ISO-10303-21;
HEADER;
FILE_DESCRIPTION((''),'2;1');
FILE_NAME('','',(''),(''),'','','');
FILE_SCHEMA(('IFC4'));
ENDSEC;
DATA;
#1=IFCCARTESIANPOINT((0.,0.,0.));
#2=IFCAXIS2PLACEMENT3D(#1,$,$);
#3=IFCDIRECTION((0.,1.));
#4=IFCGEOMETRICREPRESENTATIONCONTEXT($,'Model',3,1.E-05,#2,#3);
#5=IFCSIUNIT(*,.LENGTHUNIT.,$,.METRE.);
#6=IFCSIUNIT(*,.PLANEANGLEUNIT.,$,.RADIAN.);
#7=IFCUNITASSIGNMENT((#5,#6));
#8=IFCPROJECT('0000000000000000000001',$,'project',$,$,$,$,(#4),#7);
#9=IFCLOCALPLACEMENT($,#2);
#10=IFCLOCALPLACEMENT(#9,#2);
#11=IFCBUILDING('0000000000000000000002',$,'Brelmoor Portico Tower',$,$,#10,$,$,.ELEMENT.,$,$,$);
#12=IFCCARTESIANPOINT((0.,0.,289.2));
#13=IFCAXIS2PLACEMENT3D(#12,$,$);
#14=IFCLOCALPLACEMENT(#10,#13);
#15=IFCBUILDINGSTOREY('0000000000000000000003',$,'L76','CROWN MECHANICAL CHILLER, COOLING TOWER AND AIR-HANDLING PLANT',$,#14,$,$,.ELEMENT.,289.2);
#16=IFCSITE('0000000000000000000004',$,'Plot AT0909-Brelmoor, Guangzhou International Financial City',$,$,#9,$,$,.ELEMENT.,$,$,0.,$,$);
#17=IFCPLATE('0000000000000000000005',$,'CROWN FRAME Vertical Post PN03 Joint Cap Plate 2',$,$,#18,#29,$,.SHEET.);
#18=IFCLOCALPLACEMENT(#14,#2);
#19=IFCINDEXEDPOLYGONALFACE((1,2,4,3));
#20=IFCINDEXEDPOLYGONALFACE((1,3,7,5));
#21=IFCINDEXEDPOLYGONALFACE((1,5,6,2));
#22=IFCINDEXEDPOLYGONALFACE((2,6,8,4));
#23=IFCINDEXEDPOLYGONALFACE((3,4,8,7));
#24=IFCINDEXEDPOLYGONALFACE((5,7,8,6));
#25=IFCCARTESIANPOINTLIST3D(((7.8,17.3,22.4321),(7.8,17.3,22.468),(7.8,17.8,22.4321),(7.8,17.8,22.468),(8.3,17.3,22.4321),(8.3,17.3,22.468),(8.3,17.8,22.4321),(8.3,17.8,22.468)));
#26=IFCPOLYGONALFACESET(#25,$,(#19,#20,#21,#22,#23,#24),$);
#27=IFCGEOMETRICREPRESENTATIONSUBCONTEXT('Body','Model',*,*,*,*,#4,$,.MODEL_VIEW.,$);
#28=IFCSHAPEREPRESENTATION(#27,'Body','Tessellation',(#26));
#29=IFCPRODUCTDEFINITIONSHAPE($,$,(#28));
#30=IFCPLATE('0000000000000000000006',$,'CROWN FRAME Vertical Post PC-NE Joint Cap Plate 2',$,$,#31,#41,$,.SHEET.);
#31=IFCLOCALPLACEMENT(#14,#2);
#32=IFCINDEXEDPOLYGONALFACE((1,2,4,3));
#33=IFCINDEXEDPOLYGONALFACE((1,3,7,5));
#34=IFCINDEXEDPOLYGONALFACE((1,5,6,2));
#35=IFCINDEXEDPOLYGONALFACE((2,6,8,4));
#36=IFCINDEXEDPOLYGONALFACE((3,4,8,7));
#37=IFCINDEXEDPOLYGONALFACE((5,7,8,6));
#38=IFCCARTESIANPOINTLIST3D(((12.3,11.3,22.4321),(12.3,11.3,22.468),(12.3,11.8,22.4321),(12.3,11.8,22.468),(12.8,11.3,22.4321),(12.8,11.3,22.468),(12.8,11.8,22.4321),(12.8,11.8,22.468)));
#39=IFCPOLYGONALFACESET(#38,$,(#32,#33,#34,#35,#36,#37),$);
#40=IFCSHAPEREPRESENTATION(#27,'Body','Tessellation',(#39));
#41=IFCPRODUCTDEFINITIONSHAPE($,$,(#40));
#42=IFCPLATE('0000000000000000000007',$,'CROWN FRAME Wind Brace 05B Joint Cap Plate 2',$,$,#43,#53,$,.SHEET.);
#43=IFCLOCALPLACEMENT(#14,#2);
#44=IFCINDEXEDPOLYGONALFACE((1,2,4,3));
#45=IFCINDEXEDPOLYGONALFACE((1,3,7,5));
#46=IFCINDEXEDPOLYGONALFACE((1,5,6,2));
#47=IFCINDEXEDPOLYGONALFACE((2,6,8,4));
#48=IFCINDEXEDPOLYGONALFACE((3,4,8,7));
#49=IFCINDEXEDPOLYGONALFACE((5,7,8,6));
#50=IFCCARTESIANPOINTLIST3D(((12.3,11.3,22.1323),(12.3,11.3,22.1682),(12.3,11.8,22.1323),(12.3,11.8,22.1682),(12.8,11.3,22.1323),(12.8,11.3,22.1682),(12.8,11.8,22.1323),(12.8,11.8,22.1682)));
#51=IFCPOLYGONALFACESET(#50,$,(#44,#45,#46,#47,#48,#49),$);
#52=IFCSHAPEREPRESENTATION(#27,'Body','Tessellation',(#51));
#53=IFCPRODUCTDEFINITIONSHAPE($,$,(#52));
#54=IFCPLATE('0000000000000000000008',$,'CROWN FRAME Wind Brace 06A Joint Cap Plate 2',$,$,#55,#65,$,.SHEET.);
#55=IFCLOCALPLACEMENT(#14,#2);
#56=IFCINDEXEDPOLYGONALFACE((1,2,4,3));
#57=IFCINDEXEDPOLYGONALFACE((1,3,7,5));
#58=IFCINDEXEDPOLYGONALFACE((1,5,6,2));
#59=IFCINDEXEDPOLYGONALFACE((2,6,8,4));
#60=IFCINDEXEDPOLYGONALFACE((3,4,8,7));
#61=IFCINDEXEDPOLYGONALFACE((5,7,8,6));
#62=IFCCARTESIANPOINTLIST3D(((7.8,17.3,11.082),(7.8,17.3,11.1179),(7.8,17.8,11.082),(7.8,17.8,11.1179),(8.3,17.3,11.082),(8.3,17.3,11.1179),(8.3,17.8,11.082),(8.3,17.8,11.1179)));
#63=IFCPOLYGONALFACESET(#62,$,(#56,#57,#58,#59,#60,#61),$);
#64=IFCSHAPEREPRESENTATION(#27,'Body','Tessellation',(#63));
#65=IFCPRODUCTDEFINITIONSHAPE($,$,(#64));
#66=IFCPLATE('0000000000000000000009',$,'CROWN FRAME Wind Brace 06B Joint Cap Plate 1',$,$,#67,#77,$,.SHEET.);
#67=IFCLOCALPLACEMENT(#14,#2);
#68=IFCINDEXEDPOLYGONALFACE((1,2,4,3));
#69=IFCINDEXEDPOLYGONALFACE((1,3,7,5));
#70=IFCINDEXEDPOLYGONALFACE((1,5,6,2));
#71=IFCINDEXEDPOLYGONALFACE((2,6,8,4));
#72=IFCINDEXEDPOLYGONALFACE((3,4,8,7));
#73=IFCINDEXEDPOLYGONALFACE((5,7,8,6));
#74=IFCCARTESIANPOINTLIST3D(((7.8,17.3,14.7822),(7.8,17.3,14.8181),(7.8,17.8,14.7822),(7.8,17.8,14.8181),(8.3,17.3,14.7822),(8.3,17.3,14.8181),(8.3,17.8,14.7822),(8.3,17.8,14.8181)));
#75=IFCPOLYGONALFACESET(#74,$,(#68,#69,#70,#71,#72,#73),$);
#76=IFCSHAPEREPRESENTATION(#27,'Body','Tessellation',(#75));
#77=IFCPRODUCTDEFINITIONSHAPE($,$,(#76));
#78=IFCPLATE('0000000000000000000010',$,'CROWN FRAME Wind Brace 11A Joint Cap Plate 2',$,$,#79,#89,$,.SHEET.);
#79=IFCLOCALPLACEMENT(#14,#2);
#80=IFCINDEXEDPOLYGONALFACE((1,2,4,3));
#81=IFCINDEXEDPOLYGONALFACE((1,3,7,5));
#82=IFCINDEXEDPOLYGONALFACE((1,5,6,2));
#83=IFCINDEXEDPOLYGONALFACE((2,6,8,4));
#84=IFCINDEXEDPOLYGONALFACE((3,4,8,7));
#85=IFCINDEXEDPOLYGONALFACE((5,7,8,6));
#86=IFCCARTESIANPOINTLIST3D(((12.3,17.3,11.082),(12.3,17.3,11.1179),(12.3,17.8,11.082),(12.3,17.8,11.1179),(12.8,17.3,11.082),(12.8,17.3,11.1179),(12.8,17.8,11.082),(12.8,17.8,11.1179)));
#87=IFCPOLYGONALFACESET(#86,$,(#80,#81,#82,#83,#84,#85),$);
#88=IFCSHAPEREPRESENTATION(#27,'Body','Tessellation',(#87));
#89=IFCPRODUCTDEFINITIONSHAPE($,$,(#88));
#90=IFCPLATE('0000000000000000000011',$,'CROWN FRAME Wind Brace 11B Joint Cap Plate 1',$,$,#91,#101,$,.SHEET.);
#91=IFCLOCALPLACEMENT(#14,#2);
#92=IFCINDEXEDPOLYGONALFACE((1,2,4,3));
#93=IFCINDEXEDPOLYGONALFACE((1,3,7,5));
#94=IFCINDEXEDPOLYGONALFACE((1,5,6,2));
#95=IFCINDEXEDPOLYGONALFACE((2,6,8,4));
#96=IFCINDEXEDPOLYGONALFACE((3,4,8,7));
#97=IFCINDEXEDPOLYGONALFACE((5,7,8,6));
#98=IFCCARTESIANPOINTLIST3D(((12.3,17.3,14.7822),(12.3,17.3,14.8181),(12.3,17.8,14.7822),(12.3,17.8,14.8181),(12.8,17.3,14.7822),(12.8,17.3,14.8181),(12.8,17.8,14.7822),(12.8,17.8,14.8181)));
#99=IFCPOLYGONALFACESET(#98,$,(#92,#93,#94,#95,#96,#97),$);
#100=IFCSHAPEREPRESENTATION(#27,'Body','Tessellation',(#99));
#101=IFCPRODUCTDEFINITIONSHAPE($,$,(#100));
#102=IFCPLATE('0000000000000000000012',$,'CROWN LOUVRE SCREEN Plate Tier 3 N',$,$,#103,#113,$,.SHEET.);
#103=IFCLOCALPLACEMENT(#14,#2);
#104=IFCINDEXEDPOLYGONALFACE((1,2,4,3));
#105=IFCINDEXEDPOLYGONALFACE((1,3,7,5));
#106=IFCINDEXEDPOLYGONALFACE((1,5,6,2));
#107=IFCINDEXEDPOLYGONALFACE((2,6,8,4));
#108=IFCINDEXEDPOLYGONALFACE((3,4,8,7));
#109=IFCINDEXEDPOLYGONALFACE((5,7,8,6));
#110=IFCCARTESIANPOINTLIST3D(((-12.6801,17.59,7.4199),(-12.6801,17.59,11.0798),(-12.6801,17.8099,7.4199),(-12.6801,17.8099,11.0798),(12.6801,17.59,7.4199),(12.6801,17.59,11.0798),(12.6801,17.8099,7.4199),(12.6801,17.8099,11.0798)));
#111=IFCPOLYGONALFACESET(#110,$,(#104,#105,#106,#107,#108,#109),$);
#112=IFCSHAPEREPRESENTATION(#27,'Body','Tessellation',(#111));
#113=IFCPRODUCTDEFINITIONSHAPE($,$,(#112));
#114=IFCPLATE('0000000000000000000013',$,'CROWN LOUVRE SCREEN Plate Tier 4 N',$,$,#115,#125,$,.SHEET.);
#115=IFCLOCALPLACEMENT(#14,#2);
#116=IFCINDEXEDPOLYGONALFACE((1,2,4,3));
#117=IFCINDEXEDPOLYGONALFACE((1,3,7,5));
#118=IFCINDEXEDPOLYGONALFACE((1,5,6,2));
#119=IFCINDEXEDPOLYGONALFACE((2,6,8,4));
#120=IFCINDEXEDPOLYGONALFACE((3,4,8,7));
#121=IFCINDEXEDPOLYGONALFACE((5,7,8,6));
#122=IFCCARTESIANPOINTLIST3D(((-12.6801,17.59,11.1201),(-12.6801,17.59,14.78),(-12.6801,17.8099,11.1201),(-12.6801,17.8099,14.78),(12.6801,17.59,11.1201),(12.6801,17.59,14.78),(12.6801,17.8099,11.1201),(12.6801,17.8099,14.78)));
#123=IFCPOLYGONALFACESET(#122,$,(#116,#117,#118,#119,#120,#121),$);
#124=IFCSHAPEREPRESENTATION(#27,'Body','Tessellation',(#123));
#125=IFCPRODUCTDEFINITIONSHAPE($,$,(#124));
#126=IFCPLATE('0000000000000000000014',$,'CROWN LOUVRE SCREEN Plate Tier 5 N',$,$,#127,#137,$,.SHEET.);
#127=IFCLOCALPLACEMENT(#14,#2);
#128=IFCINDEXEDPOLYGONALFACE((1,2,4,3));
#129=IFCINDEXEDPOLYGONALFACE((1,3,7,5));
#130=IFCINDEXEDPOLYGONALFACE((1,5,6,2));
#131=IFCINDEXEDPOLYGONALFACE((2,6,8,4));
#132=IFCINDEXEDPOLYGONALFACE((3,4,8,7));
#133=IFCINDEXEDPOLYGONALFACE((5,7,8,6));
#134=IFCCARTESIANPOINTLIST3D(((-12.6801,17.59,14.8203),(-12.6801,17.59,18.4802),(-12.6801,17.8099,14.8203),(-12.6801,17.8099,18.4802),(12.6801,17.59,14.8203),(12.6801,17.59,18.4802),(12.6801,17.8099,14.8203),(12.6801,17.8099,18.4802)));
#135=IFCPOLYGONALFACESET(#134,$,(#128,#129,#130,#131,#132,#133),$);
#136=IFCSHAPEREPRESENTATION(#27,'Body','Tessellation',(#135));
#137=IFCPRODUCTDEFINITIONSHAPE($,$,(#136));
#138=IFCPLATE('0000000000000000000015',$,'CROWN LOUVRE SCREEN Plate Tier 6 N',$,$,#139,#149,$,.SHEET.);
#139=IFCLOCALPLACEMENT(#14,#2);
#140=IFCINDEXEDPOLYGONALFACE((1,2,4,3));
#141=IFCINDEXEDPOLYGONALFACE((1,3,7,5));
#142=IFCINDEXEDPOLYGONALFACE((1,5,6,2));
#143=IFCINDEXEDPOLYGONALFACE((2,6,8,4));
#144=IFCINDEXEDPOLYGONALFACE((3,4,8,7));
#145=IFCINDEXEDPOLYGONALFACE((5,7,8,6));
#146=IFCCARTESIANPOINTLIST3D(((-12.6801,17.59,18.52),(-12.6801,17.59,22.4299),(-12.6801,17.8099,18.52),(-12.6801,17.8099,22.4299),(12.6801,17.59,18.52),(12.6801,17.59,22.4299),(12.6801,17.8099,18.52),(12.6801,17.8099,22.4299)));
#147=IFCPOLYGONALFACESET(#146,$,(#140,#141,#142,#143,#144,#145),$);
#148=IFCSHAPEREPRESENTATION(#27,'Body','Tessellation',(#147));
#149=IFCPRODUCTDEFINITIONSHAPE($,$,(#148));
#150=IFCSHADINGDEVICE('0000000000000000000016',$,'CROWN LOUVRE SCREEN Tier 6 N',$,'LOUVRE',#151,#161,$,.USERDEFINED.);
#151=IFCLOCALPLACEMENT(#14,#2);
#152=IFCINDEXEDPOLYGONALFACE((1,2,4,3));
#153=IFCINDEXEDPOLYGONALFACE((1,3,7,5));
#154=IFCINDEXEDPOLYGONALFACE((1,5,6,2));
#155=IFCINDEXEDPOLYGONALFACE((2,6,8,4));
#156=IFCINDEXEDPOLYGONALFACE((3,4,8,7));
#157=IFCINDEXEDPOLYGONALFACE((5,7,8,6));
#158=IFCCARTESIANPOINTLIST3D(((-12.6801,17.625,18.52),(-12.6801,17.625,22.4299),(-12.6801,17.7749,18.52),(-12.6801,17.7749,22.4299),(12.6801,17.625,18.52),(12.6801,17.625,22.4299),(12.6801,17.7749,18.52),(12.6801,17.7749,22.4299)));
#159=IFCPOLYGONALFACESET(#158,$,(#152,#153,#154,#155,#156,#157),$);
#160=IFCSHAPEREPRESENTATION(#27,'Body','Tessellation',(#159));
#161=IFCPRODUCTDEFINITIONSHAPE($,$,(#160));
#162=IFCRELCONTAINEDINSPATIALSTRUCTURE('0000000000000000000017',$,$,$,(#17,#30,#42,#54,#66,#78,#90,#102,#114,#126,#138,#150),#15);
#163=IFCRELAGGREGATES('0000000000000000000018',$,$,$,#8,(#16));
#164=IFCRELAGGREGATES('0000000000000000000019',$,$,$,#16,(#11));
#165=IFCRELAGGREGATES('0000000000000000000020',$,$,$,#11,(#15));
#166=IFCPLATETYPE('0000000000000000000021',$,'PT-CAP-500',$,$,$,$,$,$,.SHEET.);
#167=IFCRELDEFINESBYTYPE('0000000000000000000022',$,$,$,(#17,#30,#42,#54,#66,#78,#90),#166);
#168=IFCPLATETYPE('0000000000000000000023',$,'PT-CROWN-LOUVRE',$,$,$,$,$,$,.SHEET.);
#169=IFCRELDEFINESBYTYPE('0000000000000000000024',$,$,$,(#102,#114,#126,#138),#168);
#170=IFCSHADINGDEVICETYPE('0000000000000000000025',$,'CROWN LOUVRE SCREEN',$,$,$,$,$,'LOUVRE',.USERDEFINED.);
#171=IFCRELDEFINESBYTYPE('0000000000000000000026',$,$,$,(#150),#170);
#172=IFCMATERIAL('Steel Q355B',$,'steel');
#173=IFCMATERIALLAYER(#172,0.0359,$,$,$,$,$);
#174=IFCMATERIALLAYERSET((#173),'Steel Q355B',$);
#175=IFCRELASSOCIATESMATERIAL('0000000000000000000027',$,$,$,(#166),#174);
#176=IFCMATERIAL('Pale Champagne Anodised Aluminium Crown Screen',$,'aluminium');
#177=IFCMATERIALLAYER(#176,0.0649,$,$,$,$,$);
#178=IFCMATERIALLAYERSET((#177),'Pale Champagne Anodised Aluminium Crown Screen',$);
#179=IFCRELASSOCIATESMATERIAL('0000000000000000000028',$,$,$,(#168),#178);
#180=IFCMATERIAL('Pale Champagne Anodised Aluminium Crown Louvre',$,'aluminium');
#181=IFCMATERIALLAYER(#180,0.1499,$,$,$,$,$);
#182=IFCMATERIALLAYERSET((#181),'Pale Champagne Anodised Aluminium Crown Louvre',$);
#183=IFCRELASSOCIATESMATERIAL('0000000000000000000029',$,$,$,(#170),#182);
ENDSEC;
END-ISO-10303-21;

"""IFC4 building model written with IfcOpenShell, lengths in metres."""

from ifc_helpers import new_model, si_unit, direction, frame, origin, origin_2d, place, context, subcontext, project, spatial, rectangle, extrude, material, layer, layer_set, type_object, element, save


model = new_model("IFC4")

# Units and contexts
model_context = context("Model", 3, precision=1e-05, world=origin(), true_north=direction((0.0, 1.0)))
body_context = subcontext(model_context, "Body", "Model", "MODEL_VIEW")
ifc_project = project(units=[si_unit("LENGTHUNIT", "METRE"), si_unit("PLANEANGLEUNIT", "RADIAN")], contexts=[model_context])

# Site, building, storey
site_placement = place(None, origin())
site = spatial("IfcSite", under=ifc_project, at=site_placement, Name="Plot AT0909-Brelmoor, Guangzhou International Financial City", CompositionType="ELEMENT", RefElevation=0.0)
building_placement = place(site_placement, origin())
building = spatial("IfcBuilding", under=site, at=building_placement, Name="Brelmoor Portico Tower", CompositionType="ELEMENT")
storey_placement = place(building_placement, frame((0.0, 0.0, 289.2)))
storey = spatial("IfcBuildingStorey", under=building, at=storey_placement, Name="L76", Description="CROWN MECHANICAL CHILLER, COOLING TOWER AND AIR-HANDLING PLANT", CompositionType="ELEMENT", Elevation=289.2)

# Shared definitions
ifc_material_1 = material(Name="Steel Q355B", Category="steel")

# Plates
ifc_layer_1 = layer(ifc_material_1, 0.0359)
ifc_layer_set_1 = layer_set([ifc_layer_1], Name="Steel Q355B")
plate_type_1 = type_object("IfcPlateType", Name="PT-CAP-500", PredefinedType="SHEET", material=ifc_layer_set_1)
for number, where, z_axis, x_axis, name in (
    (1, (8.05, 17.55, 22.4321), (0.0, 0.0, 1.0), (1.0, 0.0, 0.0), "CROWN FRAME Vertical Post PN03 Joint Cap Plate 2"),
    (2, (12.55, 11.55, 22.4321), (0.0, 0.0, 1.0), (1.0, 0.0, 0.0), "CROWN FRAME Vertical Post PC-NE Joint Cap Plate 2"),
    (3, (12.55, 11.55, 22.1323), (0.0, 0.0, 1.0), (1.0, 0.0, 0.0), "CROWN FRAME Wind Brace 05B Joint Cap Plate 2"),
    (4, (8.05, 17.55, 11.082), (0.0, 0.0, 1.0), (1.0, 0.0, 0.0), "CROWN FRAME Wind Brace 06A Joint Cap Plate 2"),
    (5, (8.05, 17.55, 14.7822), (0.0, 0.0, 1.0), (1.0, 0.0, 0.0), "CROWN FRAME Wind Brace 06B Joint Cap Plate 1"),
    (6, (12.55, 17.55, 11.082), (0.0, 0.0, 1.0), (1.0, 0.0, 0.0), "CROWN FRAME Wind Brace 11A Joint Cap Plate 2"),
    (7, (12.55, 17.55, 14.7822), (0.0, 0.0, 1.0), (1.0, 0.0, 0.0), "CROWN FRAME Wind Brace 11B Joint Cap Plate 1"),
):
    element("IfcPlate", number, at=place(storey_placement, frame(where, z_axis=z_axis, x_axis=x_axis)), inside=storey, type_object=plate_type_1, Name=name, PredefinedType="SHEET", context=body_context, shape_type="SweptSolid", body=[
        extrude(rectangle(XDim=0.5, YDim=0.5, at=origin_2d()), origin(), (0.0, 0.0, 1.0), 0.0359),
    ])
ifc_material_2 = material(Name="Pale Champagne Anodised Aluminium Crown Screen", Category="aluminium")
ifc_layer_2 = layer(ifc_material_2, 0.0649)
ifc_layer_set_2 = layer_set([ifc_layer_2], Name="Pale Champagne Anodised Aluminium Crown Screen")
plate_type_2 = type_object("IfcPlateType", Name="PT-CROWN-LOUVRE", PredefinedType="SHEET", material=ifc_layer_set_2)
for number, where, z_axis, x_axis, name in (
    (8, (0.0, 17.7, 7.4199), (0.0, 0.0, 1.0), (1.0, 0.0, 0.0), "CROWN LOUVRE SCREEN Plate Tier 3 N"),
    (9, (0.0, 17.7, 11.1201), (0.0, 0.0, 1.0), (1.0, 0.0, 0.0), "CROWN LOUVRE SCREEN Plate Tier 4 N"),
    (10, (0.0, 17.7, 14.8203), (0.0, 0.0, 1.0), (1.0, 0.0, 0.0), "CROWN LOUVRE SCREEN Plate Tier 5 N"),
):
    element("IfcPlate", number, at=place(storey_placement, frame(where, z_axis=z_axis, x_axis=x_axis)), inside=storey, type_object=plate_type_2, Name=name, PredefinedType="SHEET", context=body_context, shape_type="SweptSolid", body=[
        extrude(rectangle(XDim=25.3601, YDim=0.22, at=origin_2d()), origin(), (0.0, 0.0, 1.0), 3.6599),
    ])
plate_placement = place(storey_placement, frame((0.0, 17.7, 18.52), z_axis=(0.0, 0.0, 1.0), x_axis=(1.0, 0.0, 0.0)))
element("IfcPlate", 11, at=plate_placement, inside=storey, type_object=plate_type_2, Name="CROWN LOUVRE SCREEN Plate Tier 6 N", PredefinedType="SHEET", context=body_context, shape_type="SweptSolid", body=[
    extrude(rectangle(XDim=25.3601, YDim=0.22, at=origin_2d()), origin(), (0.0, 0.0, 1.0), 3.9099),
])

# Shading device
ifc_material_3 = material(Name="Pale Champagne Anodised Aluminium Crown Louvre", Category="aluminium")
ifc_layer_3 = layer(ifc_material_3, 0.1499)
ifc_layer_set_3 = layer_set([ifc_layer_3], Name="Pale Champagne Anodised Aluminium Crown Louvre")
shading_device_type = type_object("IfcShadingDeviceType", Name="CROWN LOUVRE SCREEN", ElementType="LOUVRE", PredefinedType="USERDEFINED", material=ifc_layer_set_3)
shading_device_placement = place(storey_placement, frame((0.0, 17.7, 18.52), z_axis=(0.0, 0.0, 1.0), x_axis=(1.0, 0.0, 0.0)))
element("IfcShadingDevice", 12, at=shading_device_placement, inside=storey, type_object=shading_device_type, Name="CROWN LOUVRE SCREEN Tier 6 N", ObjectType="LOUVRE", PredefinedType="USERDEFINED", context=body_context, shape_type="SweptSolid", body=[
    extrude(rectangle(XDim=25.3601, YDim=0.1499, at=origin_2d()), origin(), (0.0, 0.0, 1.0), 3.9099),
])

save(model, "model.ifc")
